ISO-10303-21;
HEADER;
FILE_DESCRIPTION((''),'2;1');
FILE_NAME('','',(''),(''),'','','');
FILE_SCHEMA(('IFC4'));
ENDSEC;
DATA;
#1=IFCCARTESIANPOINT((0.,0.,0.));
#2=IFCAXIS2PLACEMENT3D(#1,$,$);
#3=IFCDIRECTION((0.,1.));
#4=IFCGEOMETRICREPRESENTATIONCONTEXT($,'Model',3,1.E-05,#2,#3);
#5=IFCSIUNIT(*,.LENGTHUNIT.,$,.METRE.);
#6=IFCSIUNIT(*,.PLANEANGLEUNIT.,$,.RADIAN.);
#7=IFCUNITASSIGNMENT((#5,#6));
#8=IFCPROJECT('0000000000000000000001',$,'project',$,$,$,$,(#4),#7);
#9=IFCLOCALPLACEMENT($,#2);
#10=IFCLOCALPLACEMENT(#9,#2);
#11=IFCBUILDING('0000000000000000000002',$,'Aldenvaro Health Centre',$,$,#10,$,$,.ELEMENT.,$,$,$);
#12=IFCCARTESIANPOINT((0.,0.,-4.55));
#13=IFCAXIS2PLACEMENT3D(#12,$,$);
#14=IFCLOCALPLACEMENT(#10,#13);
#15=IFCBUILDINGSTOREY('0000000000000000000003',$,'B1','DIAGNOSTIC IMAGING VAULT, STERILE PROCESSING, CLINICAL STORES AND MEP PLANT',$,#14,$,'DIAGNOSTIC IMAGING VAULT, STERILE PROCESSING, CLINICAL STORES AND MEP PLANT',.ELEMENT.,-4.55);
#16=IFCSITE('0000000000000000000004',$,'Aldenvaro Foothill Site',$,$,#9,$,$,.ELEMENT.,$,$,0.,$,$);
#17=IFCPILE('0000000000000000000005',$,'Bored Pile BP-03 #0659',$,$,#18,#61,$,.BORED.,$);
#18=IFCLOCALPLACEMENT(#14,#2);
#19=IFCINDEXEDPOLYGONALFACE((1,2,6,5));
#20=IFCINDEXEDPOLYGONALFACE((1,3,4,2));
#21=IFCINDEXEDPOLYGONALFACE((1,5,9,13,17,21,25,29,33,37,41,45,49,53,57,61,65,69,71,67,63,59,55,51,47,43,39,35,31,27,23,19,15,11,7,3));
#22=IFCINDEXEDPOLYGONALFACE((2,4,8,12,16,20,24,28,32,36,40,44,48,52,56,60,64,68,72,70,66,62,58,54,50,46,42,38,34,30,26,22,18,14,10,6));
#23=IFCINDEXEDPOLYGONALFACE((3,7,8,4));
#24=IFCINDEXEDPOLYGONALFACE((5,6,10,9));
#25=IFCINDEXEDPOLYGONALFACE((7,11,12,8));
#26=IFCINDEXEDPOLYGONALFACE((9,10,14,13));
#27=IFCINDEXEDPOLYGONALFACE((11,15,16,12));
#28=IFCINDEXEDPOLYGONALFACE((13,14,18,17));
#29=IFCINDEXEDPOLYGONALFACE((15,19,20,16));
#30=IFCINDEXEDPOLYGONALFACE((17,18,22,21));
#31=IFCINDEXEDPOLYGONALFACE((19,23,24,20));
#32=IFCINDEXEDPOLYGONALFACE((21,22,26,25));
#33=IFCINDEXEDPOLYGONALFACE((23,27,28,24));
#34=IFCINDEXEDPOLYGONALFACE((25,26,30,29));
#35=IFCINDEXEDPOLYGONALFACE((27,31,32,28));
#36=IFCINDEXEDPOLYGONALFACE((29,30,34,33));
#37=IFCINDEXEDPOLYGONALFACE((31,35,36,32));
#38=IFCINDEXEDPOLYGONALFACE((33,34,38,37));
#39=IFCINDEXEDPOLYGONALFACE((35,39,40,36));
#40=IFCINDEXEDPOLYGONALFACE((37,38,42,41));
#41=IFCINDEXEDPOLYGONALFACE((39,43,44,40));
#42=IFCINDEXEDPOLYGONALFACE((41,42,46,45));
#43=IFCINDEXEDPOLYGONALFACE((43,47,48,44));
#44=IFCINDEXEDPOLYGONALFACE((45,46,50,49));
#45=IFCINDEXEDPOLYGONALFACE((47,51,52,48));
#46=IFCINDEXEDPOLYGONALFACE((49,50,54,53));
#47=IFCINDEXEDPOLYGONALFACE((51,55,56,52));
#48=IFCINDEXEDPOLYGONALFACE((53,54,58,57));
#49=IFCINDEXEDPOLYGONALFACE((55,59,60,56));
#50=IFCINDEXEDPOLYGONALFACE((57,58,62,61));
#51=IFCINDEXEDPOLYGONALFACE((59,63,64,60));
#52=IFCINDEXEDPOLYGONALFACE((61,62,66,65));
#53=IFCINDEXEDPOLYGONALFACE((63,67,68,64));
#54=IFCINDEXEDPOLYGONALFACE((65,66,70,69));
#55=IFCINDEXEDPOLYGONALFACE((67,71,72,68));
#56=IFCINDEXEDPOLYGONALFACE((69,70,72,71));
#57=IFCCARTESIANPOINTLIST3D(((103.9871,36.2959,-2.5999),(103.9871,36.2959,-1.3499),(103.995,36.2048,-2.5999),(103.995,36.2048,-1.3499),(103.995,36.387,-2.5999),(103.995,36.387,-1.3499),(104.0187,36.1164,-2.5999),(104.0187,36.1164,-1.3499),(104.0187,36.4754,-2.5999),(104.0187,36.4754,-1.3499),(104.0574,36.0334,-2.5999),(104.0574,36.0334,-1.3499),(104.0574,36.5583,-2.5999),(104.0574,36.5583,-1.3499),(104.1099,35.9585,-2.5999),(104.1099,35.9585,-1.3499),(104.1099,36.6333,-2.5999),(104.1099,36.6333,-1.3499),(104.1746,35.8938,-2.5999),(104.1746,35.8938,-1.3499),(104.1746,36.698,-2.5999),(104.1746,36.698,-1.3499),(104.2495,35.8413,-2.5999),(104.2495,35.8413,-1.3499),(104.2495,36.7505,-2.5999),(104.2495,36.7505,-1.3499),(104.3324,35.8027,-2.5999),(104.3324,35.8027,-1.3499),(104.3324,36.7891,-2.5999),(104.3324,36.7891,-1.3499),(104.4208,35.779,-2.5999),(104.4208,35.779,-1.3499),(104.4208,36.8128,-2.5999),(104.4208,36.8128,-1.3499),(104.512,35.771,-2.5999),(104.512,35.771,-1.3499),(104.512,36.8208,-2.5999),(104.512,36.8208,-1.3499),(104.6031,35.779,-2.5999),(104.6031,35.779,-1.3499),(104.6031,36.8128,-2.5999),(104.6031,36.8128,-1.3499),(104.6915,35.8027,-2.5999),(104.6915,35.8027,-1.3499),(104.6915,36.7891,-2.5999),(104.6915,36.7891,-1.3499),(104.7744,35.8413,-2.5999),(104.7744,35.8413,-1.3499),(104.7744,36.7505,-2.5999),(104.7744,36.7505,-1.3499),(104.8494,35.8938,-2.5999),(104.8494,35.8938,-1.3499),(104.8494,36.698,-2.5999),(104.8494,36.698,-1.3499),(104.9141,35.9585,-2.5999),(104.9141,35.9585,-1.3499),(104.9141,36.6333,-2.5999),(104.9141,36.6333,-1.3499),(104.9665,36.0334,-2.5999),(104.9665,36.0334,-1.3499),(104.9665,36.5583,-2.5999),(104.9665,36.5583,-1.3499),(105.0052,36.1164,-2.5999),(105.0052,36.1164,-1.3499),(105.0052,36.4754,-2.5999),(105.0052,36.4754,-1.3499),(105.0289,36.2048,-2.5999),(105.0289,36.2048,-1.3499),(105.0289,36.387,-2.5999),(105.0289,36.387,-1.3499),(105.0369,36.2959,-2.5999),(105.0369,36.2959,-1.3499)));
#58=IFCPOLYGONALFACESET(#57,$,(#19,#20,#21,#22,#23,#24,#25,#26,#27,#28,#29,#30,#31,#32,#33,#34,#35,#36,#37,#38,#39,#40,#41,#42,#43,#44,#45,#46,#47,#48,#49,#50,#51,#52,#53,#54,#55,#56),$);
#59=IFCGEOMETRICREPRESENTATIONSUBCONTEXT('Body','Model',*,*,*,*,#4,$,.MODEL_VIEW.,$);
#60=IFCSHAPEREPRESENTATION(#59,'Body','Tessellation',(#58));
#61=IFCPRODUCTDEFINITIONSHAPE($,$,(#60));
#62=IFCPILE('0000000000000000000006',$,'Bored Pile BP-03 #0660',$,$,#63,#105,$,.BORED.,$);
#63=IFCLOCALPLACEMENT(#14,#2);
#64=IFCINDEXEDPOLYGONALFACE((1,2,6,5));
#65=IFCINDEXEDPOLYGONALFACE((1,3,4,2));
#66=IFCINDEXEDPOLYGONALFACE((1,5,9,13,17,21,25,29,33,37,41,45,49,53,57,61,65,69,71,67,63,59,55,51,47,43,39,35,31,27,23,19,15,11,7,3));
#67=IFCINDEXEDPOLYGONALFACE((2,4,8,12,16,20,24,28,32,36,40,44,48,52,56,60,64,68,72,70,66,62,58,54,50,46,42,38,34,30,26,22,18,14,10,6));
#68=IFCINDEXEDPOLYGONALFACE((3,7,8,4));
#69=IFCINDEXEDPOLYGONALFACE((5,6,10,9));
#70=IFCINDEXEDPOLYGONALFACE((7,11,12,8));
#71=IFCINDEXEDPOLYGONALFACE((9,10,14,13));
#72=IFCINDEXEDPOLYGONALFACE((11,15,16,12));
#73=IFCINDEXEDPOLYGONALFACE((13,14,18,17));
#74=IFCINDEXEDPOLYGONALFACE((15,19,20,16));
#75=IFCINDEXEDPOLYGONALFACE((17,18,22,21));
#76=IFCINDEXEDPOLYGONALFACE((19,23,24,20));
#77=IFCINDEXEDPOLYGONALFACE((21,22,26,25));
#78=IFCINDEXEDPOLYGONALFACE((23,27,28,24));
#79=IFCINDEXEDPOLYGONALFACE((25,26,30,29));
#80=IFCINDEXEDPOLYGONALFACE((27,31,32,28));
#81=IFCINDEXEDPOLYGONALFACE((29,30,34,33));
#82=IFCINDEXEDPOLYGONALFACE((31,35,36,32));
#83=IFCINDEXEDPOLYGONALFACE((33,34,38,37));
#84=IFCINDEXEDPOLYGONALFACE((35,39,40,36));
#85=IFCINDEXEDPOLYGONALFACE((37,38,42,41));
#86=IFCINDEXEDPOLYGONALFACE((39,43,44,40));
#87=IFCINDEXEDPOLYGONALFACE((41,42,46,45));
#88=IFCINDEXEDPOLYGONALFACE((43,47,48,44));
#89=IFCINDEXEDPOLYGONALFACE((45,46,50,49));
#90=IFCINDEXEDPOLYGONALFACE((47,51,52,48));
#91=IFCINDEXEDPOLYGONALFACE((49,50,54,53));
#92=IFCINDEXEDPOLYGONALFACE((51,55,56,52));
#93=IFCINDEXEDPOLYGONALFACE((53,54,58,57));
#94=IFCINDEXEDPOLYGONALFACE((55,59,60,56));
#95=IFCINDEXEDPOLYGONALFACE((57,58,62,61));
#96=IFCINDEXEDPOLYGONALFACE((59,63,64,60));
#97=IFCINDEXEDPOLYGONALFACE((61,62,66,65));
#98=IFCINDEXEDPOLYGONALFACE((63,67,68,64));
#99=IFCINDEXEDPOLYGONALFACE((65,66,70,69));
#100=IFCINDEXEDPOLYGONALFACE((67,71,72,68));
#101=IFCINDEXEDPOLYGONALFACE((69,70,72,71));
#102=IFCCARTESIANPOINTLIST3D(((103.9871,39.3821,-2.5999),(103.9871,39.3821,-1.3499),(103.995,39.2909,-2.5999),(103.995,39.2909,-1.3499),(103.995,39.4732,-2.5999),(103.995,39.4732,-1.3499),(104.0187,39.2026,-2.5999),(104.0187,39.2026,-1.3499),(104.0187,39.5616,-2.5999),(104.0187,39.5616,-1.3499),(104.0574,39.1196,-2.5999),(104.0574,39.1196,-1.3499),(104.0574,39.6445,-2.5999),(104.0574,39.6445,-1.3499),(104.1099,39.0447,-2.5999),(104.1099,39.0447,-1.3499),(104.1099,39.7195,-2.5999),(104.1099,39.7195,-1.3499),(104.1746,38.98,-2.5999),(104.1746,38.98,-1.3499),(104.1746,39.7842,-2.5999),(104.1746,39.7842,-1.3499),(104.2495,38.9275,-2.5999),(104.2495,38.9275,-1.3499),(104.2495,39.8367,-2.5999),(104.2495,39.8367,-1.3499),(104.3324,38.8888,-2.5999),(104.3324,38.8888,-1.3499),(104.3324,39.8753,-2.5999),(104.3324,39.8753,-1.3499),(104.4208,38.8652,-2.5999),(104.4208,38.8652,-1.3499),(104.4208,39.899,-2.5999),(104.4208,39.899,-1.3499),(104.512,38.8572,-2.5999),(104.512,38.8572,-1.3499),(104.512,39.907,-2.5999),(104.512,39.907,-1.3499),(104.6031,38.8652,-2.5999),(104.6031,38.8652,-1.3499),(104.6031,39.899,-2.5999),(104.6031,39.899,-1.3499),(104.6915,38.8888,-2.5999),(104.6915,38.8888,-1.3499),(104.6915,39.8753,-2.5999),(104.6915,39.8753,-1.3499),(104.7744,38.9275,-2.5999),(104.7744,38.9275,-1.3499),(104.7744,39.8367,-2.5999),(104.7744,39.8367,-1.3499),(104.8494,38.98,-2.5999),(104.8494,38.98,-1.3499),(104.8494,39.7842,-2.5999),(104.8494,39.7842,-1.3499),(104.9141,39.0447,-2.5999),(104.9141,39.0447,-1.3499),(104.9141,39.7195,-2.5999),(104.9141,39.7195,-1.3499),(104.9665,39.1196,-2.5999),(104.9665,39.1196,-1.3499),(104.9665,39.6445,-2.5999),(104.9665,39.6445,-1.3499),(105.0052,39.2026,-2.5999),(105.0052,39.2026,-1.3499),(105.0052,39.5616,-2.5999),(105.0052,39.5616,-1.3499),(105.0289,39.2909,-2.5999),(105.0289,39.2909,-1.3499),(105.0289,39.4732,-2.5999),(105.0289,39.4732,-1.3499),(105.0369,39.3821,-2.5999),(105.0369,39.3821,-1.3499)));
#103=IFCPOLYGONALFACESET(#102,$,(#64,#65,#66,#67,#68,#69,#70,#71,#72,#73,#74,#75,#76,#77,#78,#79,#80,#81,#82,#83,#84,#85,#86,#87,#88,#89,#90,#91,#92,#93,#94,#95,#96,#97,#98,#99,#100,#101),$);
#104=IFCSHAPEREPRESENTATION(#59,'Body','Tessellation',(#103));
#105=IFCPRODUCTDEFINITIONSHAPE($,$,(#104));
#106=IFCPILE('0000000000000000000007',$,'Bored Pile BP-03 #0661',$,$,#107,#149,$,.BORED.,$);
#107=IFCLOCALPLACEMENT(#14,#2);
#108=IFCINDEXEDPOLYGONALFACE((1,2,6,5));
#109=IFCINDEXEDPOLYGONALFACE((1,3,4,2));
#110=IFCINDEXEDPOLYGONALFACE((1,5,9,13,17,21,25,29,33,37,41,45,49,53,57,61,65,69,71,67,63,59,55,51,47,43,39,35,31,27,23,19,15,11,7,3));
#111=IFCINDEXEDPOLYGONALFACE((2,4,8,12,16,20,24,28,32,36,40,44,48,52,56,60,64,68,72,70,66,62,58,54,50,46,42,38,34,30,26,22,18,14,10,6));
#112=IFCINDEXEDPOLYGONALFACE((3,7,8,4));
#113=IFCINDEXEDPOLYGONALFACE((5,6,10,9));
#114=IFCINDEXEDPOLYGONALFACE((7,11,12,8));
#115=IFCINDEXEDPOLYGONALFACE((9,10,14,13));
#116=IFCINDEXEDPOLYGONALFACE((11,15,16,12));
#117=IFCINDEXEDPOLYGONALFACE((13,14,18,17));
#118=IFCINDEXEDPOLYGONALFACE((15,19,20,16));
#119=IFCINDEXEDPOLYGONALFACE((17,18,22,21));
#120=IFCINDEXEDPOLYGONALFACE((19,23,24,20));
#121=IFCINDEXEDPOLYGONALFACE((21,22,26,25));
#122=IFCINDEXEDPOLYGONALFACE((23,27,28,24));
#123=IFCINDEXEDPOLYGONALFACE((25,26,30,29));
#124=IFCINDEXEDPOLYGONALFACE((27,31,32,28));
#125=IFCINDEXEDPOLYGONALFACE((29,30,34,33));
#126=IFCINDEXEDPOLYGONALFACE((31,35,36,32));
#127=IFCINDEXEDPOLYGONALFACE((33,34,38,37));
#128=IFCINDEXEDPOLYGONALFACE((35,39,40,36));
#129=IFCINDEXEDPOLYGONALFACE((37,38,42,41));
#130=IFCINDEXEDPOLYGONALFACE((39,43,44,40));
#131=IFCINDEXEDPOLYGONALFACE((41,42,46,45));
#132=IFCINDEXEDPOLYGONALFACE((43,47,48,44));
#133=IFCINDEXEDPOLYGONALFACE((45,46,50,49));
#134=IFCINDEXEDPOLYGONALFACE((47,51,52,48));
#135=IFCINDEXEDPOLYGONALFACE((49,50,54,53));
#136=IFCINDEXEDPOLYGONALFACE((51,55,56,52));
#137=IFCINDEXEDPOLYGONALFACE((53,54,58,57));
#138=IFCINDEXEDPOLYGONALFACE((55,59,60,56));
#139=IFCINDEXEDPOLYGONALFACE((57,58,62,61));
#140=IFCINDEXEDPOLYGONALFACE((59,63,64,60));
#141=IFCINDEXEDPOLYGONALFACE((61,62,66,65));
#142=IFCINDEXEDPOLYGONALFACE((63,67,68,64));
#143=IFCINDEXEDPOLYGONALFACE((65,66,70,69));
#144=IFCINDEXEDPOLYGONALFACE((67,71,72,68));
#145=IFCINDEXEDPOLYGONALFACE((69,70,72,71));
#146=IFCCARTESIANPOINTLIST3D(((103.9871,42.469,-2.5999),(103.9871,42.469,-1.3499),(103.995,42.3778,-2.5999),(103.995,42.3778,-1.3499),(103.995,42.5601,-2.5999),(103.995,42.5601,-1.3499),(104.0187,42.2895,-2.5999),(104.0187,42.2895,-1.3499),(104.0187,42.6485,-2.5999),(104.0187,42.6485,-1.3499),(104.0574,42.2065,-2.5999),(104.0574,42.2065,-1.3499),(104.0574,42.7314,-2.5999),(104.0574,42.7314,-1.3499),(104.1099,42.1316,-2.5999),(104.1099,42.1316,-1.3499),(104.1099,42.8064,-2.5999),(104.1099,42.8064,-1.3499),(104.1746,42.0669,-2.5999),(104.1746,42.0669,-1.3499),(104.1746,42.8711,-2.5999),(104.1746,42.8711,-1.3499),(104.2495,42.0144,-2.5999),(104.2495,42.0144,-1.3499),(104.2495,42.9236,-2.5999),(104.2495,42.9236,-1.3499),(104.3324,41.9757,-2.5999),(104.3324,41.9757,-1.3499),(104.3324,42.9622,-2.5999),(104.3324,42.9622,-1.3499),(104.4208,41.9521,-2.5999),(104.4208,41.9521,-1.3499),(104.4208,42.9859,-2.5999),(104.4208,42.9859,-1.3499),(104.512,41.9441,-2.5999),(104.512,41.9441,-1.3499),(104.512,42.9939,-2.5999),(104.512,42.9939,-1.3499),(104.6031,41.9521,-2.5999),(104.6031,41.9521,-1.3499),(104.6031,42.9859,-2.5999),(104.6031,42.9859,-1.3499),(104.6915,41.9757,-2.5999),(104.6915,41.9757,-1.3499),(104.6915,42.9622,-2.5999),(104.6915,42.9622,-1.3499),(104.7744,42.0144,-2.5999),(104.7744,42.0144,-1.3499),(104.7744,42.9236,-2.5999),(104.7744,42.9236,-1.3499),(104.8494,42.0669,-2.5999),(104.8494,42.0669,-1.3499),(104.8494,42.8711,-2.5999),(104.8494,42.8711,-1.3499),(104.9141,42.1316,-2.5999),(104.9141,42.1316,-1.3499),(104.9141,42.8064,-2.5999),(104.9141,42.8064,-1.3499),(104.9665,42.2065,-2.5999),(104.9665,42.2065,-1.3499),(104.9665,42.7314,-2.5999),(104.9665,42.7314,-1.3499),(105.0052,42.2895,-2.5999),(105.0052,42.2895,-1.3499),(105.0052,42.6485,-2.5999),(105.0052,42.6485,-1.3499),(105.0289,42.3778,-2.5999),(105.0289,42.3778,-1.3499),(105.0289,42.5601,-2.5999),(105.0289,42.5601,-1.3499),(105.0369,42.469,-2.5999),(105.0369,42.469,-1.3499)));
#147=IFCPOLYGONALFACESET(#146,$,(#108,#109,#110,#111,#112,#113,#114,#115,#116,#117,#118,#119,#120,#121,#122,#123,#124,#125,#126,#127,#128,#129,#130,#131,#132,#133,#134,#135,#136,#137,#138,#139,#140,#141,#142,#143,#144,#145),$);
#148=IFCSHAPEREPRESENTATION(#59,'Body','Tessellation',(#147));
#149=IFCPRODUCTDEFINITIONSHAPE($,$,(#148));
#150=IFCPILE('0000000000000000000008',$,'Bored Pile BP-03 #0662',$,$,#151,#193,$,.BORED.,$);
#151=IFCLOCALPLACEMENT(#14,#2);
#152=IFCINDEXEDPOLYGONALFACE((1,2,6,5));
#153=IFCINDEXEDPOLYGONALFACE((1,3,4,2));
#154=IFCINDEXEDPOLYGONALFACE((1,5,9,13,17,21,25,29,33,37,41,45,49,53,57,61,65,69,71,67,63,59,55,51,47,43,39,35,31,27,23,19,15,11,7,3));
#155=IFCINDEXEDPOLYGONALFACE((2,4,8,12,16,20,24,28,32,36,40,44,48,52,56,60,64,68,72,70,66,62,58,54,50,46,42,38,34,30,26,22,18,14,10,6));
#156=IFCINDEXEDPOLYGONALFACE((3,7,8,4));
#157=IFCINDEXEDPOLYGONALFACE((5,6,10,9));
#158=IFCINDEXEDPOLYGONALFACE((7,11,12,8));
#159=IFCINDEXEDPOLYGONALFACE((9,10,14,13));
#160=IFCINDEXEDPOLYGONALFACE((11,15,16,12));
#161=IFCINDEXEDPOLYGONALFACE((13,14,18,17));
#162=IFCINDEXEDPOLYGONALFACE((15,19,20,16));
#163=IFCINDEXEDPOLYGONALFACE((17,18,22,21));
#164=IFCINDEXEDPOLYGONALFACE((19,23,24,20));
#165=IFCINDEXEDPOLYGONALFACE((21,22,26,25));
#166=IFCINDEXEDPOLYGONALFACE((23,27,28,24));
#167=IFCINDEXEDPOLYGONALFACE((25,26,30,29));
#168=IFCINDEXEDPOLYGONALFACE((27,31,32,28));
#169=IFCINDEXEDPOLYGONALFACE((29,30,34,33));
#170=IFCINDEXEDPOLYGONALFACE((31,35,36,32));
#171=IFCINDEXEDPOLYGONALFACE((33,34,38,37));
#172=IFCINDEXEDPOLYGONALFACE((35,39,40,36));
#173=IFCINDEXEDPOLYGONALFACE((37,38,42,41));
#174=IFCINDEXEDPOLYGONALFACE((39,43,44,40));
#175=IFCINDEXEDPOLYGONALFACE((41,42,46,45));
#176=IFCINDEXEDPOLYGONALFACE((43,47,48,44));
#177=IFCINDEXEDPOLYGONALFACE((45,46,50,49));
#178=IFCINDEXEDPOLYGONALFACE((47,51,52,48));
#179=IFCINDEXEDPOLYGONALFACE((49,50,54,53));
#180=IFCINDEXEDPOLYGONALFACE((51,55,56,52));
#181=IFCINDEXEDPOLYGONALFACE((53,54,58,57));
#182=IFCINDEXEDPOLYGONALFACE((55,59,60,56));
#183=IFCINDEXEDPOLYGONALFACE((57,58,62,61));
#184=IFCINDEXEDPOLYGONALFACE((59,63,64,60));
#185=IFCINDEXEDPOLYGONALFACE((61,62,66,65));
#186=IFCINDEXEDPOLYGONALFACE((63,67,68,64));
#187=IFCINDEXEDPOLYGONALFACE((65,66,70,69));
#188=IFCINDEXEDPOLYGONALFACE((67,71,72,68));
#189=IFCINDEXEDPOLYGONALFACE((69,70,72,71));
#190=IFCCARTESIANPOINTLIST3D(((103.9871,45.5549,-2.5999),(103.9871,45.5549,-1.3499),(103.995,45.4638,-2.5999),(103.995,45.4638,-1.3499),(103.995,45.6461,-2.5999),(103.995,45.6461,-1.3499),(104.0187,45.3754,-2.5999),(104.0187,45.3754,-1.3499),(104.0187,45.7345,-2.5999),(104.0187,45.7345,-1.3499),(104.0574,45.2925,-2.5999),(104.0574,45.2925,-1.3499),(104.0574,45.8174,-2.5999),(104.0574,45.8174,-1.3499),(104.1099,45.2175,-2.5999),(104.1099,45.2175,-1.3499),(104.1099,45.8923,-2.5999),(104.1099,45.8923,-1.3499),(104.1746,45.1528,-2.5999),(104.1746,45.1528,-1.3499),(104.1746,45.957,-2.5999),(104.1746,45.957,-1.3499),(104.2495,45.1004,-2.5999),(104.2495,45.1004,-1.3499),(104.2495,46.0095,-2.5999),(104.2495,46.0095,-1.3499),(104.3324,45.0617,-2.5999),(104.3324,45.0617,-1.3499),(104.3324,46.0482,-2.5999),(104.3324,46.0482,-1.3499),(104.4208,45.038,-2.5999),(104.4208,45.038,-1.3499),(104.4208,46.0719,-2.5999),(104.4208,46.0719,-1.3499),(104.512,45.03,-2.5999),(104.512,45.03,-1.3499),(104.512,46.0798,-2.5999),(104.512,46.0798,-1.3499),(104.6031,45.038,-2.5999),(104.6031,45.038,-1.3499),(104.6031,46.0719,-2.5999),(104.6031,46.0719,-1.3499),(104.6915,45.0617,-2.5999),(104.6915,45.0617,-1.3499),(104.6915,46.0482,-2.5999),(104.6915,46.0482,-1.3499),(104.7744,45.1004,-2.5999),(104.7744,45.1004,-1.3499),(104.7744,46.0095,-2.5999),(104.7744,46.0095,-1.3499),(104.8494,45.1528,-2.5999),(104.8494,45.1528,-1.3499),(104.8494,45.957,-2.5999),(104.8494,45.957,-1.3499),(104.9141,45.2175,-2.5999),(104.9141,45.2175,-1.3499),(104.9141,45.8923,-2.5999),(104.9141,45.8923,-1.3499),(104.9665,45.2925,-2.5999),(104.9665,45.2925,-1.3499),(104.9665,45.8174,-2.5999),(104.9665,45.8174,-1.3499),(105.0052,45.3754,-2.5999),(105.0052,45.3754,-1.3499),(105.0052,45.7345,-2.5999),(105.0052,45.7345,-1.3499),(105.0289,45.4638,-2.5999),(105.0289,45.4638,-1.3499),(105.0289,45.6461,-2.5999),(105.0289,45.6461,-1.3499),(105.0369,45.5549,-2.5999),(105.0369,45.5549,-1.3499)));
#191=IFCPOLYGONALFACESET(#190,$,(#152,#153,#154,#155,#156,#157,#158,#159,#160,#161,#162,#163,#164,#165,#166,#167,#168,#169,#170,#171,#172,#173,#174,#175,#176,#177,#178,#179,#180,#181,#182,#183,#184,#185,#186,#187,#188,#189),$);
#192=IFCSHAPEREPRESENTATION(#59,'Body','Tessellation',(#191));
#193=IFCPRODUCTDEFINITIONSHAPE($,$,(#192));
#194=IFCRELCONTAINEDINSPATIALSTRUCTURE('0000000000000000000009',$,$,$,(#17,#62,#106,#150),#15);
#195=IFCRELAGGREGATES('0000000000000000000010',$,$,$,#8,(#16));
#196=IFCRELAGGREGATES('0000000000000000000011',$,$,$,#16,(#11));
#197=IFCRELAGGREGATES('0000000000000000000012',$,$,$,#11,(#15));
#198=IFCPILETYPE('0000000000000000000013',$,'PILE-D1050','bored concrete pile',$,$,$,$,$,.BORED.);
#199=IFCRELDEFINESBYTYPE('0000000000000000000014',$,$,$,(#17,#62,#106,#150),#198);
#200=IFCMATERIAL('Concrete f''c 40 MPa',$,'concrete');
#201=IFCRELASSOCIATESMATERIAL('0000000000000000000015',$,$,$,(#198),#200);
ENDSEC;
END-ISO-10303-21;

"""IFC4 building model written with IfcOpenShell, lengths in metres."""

from ifc_helpers import new_model, si_unit, direction, frame, origin, origin_2d, place, context, subcontext, project, spatial, circle, extrude, material, material_profile, profile_set, type_object, element, save


model = new_model("IFC4")

# Units and contexts
model_context = context("Model", 3, precision=1e-05, world=origin(), true_north=direction((0.0, 1.0)))
body_context = subcontext(model_context, "Body", "Model", "MODEL_VIEW")
ifc_project = project(units=[si_unit("LENGTHUNIT", "METRE"), si_unit("PLANEANGLEUNIT", "RADIAN")], contexts=[model_context])

# Site, building, storey
site_placement = place(None, origin())
site = spatial("IfcSite", under=ifc_project, at=site_placement, Name="Aldenvaro Foothill Site", CompositionType="ELEMENT", RefElevation=0.0)
building_placement = place(site_placement, origin())
building = spatial("IfcBuilding", under=site, at=building_placement, Name="Aldenvaro Health Centre", CompositionType="ELEMENT")
storey_placement = place(building_placement, frame((0.0, 0.0, -4.55)))
storey = spatial("IfcBuildingStorey", under=building, at=storey_placement, Name="B1", Description="DIAGNOSTIC IMAGING VAULT, STERILE PROCESSING, CLINICAL STORES AND MEP PLANT", LongName="DIAGNOSTIC IMAGING VAULT, STERILE PROCESSING, CLINICAL STORES AND MEP PLANT", CompositionType="ELEMENT", Elevation=-4.55)

# Piles
ifc_material = material(Name="Concrete f'c 40 MPa", Category="concrete")
ifc_material_profile_1 = material_profile(ifc_material, circle(Radius=0.5249, at=origin_2d()), Name="PILE D1050", Category="concrete")
ifc_profile_set_1 = profile_set([ifc_material_profile_1], Name="Concrete f'c 40 MPa")
pile_type = type_object("IfcPileType", Name="PILE-D1050", Description="bored concrete pile", PredefinedType="BORED", material=ifc_profile_set_1)
for number, where, z_axis, x_axis, name in (
    (1, (104.512, 36.2959, -1.3499), (0.0, 0.0, -1.0), (1.0, 0.0, 0.0), "Bored Pile BP-03 #0659"),
    (2, (104.512, 39.3821, -1.3499), (0.0, 0.0, -1.0), (1.0, 0.0, 0.0), "Bored Pile BP-03 #0660"),
    (3, (104.512, 42.469, -1.3499), (0.0, 0.0, -1.0), (1.0, 0.0, 0.0), "Bored Pile BP-03 #0661"),
    (4, (104.512, 45.5549, -1.3499), (0.0, 0.0, -1.0), (1.0, 0.0, 0.0), "Bored Pile BP-03 #0662"),
):
    element("IfcPile", number, at=place(storey_placement, frame(where, z_axis=z_axis, x_axis=x_axis)), inside=storey, type_object=pile_type, Name=name, PredefinedType="BORED", context=body_context, shape_type="SweptSolid", body=[
        extrude(circle(Radius=0.5249, at=origin_2d()), origin(), (0.0, 0.0, 1.0), 1.25),
    ])

save(model, "model.ifc")
